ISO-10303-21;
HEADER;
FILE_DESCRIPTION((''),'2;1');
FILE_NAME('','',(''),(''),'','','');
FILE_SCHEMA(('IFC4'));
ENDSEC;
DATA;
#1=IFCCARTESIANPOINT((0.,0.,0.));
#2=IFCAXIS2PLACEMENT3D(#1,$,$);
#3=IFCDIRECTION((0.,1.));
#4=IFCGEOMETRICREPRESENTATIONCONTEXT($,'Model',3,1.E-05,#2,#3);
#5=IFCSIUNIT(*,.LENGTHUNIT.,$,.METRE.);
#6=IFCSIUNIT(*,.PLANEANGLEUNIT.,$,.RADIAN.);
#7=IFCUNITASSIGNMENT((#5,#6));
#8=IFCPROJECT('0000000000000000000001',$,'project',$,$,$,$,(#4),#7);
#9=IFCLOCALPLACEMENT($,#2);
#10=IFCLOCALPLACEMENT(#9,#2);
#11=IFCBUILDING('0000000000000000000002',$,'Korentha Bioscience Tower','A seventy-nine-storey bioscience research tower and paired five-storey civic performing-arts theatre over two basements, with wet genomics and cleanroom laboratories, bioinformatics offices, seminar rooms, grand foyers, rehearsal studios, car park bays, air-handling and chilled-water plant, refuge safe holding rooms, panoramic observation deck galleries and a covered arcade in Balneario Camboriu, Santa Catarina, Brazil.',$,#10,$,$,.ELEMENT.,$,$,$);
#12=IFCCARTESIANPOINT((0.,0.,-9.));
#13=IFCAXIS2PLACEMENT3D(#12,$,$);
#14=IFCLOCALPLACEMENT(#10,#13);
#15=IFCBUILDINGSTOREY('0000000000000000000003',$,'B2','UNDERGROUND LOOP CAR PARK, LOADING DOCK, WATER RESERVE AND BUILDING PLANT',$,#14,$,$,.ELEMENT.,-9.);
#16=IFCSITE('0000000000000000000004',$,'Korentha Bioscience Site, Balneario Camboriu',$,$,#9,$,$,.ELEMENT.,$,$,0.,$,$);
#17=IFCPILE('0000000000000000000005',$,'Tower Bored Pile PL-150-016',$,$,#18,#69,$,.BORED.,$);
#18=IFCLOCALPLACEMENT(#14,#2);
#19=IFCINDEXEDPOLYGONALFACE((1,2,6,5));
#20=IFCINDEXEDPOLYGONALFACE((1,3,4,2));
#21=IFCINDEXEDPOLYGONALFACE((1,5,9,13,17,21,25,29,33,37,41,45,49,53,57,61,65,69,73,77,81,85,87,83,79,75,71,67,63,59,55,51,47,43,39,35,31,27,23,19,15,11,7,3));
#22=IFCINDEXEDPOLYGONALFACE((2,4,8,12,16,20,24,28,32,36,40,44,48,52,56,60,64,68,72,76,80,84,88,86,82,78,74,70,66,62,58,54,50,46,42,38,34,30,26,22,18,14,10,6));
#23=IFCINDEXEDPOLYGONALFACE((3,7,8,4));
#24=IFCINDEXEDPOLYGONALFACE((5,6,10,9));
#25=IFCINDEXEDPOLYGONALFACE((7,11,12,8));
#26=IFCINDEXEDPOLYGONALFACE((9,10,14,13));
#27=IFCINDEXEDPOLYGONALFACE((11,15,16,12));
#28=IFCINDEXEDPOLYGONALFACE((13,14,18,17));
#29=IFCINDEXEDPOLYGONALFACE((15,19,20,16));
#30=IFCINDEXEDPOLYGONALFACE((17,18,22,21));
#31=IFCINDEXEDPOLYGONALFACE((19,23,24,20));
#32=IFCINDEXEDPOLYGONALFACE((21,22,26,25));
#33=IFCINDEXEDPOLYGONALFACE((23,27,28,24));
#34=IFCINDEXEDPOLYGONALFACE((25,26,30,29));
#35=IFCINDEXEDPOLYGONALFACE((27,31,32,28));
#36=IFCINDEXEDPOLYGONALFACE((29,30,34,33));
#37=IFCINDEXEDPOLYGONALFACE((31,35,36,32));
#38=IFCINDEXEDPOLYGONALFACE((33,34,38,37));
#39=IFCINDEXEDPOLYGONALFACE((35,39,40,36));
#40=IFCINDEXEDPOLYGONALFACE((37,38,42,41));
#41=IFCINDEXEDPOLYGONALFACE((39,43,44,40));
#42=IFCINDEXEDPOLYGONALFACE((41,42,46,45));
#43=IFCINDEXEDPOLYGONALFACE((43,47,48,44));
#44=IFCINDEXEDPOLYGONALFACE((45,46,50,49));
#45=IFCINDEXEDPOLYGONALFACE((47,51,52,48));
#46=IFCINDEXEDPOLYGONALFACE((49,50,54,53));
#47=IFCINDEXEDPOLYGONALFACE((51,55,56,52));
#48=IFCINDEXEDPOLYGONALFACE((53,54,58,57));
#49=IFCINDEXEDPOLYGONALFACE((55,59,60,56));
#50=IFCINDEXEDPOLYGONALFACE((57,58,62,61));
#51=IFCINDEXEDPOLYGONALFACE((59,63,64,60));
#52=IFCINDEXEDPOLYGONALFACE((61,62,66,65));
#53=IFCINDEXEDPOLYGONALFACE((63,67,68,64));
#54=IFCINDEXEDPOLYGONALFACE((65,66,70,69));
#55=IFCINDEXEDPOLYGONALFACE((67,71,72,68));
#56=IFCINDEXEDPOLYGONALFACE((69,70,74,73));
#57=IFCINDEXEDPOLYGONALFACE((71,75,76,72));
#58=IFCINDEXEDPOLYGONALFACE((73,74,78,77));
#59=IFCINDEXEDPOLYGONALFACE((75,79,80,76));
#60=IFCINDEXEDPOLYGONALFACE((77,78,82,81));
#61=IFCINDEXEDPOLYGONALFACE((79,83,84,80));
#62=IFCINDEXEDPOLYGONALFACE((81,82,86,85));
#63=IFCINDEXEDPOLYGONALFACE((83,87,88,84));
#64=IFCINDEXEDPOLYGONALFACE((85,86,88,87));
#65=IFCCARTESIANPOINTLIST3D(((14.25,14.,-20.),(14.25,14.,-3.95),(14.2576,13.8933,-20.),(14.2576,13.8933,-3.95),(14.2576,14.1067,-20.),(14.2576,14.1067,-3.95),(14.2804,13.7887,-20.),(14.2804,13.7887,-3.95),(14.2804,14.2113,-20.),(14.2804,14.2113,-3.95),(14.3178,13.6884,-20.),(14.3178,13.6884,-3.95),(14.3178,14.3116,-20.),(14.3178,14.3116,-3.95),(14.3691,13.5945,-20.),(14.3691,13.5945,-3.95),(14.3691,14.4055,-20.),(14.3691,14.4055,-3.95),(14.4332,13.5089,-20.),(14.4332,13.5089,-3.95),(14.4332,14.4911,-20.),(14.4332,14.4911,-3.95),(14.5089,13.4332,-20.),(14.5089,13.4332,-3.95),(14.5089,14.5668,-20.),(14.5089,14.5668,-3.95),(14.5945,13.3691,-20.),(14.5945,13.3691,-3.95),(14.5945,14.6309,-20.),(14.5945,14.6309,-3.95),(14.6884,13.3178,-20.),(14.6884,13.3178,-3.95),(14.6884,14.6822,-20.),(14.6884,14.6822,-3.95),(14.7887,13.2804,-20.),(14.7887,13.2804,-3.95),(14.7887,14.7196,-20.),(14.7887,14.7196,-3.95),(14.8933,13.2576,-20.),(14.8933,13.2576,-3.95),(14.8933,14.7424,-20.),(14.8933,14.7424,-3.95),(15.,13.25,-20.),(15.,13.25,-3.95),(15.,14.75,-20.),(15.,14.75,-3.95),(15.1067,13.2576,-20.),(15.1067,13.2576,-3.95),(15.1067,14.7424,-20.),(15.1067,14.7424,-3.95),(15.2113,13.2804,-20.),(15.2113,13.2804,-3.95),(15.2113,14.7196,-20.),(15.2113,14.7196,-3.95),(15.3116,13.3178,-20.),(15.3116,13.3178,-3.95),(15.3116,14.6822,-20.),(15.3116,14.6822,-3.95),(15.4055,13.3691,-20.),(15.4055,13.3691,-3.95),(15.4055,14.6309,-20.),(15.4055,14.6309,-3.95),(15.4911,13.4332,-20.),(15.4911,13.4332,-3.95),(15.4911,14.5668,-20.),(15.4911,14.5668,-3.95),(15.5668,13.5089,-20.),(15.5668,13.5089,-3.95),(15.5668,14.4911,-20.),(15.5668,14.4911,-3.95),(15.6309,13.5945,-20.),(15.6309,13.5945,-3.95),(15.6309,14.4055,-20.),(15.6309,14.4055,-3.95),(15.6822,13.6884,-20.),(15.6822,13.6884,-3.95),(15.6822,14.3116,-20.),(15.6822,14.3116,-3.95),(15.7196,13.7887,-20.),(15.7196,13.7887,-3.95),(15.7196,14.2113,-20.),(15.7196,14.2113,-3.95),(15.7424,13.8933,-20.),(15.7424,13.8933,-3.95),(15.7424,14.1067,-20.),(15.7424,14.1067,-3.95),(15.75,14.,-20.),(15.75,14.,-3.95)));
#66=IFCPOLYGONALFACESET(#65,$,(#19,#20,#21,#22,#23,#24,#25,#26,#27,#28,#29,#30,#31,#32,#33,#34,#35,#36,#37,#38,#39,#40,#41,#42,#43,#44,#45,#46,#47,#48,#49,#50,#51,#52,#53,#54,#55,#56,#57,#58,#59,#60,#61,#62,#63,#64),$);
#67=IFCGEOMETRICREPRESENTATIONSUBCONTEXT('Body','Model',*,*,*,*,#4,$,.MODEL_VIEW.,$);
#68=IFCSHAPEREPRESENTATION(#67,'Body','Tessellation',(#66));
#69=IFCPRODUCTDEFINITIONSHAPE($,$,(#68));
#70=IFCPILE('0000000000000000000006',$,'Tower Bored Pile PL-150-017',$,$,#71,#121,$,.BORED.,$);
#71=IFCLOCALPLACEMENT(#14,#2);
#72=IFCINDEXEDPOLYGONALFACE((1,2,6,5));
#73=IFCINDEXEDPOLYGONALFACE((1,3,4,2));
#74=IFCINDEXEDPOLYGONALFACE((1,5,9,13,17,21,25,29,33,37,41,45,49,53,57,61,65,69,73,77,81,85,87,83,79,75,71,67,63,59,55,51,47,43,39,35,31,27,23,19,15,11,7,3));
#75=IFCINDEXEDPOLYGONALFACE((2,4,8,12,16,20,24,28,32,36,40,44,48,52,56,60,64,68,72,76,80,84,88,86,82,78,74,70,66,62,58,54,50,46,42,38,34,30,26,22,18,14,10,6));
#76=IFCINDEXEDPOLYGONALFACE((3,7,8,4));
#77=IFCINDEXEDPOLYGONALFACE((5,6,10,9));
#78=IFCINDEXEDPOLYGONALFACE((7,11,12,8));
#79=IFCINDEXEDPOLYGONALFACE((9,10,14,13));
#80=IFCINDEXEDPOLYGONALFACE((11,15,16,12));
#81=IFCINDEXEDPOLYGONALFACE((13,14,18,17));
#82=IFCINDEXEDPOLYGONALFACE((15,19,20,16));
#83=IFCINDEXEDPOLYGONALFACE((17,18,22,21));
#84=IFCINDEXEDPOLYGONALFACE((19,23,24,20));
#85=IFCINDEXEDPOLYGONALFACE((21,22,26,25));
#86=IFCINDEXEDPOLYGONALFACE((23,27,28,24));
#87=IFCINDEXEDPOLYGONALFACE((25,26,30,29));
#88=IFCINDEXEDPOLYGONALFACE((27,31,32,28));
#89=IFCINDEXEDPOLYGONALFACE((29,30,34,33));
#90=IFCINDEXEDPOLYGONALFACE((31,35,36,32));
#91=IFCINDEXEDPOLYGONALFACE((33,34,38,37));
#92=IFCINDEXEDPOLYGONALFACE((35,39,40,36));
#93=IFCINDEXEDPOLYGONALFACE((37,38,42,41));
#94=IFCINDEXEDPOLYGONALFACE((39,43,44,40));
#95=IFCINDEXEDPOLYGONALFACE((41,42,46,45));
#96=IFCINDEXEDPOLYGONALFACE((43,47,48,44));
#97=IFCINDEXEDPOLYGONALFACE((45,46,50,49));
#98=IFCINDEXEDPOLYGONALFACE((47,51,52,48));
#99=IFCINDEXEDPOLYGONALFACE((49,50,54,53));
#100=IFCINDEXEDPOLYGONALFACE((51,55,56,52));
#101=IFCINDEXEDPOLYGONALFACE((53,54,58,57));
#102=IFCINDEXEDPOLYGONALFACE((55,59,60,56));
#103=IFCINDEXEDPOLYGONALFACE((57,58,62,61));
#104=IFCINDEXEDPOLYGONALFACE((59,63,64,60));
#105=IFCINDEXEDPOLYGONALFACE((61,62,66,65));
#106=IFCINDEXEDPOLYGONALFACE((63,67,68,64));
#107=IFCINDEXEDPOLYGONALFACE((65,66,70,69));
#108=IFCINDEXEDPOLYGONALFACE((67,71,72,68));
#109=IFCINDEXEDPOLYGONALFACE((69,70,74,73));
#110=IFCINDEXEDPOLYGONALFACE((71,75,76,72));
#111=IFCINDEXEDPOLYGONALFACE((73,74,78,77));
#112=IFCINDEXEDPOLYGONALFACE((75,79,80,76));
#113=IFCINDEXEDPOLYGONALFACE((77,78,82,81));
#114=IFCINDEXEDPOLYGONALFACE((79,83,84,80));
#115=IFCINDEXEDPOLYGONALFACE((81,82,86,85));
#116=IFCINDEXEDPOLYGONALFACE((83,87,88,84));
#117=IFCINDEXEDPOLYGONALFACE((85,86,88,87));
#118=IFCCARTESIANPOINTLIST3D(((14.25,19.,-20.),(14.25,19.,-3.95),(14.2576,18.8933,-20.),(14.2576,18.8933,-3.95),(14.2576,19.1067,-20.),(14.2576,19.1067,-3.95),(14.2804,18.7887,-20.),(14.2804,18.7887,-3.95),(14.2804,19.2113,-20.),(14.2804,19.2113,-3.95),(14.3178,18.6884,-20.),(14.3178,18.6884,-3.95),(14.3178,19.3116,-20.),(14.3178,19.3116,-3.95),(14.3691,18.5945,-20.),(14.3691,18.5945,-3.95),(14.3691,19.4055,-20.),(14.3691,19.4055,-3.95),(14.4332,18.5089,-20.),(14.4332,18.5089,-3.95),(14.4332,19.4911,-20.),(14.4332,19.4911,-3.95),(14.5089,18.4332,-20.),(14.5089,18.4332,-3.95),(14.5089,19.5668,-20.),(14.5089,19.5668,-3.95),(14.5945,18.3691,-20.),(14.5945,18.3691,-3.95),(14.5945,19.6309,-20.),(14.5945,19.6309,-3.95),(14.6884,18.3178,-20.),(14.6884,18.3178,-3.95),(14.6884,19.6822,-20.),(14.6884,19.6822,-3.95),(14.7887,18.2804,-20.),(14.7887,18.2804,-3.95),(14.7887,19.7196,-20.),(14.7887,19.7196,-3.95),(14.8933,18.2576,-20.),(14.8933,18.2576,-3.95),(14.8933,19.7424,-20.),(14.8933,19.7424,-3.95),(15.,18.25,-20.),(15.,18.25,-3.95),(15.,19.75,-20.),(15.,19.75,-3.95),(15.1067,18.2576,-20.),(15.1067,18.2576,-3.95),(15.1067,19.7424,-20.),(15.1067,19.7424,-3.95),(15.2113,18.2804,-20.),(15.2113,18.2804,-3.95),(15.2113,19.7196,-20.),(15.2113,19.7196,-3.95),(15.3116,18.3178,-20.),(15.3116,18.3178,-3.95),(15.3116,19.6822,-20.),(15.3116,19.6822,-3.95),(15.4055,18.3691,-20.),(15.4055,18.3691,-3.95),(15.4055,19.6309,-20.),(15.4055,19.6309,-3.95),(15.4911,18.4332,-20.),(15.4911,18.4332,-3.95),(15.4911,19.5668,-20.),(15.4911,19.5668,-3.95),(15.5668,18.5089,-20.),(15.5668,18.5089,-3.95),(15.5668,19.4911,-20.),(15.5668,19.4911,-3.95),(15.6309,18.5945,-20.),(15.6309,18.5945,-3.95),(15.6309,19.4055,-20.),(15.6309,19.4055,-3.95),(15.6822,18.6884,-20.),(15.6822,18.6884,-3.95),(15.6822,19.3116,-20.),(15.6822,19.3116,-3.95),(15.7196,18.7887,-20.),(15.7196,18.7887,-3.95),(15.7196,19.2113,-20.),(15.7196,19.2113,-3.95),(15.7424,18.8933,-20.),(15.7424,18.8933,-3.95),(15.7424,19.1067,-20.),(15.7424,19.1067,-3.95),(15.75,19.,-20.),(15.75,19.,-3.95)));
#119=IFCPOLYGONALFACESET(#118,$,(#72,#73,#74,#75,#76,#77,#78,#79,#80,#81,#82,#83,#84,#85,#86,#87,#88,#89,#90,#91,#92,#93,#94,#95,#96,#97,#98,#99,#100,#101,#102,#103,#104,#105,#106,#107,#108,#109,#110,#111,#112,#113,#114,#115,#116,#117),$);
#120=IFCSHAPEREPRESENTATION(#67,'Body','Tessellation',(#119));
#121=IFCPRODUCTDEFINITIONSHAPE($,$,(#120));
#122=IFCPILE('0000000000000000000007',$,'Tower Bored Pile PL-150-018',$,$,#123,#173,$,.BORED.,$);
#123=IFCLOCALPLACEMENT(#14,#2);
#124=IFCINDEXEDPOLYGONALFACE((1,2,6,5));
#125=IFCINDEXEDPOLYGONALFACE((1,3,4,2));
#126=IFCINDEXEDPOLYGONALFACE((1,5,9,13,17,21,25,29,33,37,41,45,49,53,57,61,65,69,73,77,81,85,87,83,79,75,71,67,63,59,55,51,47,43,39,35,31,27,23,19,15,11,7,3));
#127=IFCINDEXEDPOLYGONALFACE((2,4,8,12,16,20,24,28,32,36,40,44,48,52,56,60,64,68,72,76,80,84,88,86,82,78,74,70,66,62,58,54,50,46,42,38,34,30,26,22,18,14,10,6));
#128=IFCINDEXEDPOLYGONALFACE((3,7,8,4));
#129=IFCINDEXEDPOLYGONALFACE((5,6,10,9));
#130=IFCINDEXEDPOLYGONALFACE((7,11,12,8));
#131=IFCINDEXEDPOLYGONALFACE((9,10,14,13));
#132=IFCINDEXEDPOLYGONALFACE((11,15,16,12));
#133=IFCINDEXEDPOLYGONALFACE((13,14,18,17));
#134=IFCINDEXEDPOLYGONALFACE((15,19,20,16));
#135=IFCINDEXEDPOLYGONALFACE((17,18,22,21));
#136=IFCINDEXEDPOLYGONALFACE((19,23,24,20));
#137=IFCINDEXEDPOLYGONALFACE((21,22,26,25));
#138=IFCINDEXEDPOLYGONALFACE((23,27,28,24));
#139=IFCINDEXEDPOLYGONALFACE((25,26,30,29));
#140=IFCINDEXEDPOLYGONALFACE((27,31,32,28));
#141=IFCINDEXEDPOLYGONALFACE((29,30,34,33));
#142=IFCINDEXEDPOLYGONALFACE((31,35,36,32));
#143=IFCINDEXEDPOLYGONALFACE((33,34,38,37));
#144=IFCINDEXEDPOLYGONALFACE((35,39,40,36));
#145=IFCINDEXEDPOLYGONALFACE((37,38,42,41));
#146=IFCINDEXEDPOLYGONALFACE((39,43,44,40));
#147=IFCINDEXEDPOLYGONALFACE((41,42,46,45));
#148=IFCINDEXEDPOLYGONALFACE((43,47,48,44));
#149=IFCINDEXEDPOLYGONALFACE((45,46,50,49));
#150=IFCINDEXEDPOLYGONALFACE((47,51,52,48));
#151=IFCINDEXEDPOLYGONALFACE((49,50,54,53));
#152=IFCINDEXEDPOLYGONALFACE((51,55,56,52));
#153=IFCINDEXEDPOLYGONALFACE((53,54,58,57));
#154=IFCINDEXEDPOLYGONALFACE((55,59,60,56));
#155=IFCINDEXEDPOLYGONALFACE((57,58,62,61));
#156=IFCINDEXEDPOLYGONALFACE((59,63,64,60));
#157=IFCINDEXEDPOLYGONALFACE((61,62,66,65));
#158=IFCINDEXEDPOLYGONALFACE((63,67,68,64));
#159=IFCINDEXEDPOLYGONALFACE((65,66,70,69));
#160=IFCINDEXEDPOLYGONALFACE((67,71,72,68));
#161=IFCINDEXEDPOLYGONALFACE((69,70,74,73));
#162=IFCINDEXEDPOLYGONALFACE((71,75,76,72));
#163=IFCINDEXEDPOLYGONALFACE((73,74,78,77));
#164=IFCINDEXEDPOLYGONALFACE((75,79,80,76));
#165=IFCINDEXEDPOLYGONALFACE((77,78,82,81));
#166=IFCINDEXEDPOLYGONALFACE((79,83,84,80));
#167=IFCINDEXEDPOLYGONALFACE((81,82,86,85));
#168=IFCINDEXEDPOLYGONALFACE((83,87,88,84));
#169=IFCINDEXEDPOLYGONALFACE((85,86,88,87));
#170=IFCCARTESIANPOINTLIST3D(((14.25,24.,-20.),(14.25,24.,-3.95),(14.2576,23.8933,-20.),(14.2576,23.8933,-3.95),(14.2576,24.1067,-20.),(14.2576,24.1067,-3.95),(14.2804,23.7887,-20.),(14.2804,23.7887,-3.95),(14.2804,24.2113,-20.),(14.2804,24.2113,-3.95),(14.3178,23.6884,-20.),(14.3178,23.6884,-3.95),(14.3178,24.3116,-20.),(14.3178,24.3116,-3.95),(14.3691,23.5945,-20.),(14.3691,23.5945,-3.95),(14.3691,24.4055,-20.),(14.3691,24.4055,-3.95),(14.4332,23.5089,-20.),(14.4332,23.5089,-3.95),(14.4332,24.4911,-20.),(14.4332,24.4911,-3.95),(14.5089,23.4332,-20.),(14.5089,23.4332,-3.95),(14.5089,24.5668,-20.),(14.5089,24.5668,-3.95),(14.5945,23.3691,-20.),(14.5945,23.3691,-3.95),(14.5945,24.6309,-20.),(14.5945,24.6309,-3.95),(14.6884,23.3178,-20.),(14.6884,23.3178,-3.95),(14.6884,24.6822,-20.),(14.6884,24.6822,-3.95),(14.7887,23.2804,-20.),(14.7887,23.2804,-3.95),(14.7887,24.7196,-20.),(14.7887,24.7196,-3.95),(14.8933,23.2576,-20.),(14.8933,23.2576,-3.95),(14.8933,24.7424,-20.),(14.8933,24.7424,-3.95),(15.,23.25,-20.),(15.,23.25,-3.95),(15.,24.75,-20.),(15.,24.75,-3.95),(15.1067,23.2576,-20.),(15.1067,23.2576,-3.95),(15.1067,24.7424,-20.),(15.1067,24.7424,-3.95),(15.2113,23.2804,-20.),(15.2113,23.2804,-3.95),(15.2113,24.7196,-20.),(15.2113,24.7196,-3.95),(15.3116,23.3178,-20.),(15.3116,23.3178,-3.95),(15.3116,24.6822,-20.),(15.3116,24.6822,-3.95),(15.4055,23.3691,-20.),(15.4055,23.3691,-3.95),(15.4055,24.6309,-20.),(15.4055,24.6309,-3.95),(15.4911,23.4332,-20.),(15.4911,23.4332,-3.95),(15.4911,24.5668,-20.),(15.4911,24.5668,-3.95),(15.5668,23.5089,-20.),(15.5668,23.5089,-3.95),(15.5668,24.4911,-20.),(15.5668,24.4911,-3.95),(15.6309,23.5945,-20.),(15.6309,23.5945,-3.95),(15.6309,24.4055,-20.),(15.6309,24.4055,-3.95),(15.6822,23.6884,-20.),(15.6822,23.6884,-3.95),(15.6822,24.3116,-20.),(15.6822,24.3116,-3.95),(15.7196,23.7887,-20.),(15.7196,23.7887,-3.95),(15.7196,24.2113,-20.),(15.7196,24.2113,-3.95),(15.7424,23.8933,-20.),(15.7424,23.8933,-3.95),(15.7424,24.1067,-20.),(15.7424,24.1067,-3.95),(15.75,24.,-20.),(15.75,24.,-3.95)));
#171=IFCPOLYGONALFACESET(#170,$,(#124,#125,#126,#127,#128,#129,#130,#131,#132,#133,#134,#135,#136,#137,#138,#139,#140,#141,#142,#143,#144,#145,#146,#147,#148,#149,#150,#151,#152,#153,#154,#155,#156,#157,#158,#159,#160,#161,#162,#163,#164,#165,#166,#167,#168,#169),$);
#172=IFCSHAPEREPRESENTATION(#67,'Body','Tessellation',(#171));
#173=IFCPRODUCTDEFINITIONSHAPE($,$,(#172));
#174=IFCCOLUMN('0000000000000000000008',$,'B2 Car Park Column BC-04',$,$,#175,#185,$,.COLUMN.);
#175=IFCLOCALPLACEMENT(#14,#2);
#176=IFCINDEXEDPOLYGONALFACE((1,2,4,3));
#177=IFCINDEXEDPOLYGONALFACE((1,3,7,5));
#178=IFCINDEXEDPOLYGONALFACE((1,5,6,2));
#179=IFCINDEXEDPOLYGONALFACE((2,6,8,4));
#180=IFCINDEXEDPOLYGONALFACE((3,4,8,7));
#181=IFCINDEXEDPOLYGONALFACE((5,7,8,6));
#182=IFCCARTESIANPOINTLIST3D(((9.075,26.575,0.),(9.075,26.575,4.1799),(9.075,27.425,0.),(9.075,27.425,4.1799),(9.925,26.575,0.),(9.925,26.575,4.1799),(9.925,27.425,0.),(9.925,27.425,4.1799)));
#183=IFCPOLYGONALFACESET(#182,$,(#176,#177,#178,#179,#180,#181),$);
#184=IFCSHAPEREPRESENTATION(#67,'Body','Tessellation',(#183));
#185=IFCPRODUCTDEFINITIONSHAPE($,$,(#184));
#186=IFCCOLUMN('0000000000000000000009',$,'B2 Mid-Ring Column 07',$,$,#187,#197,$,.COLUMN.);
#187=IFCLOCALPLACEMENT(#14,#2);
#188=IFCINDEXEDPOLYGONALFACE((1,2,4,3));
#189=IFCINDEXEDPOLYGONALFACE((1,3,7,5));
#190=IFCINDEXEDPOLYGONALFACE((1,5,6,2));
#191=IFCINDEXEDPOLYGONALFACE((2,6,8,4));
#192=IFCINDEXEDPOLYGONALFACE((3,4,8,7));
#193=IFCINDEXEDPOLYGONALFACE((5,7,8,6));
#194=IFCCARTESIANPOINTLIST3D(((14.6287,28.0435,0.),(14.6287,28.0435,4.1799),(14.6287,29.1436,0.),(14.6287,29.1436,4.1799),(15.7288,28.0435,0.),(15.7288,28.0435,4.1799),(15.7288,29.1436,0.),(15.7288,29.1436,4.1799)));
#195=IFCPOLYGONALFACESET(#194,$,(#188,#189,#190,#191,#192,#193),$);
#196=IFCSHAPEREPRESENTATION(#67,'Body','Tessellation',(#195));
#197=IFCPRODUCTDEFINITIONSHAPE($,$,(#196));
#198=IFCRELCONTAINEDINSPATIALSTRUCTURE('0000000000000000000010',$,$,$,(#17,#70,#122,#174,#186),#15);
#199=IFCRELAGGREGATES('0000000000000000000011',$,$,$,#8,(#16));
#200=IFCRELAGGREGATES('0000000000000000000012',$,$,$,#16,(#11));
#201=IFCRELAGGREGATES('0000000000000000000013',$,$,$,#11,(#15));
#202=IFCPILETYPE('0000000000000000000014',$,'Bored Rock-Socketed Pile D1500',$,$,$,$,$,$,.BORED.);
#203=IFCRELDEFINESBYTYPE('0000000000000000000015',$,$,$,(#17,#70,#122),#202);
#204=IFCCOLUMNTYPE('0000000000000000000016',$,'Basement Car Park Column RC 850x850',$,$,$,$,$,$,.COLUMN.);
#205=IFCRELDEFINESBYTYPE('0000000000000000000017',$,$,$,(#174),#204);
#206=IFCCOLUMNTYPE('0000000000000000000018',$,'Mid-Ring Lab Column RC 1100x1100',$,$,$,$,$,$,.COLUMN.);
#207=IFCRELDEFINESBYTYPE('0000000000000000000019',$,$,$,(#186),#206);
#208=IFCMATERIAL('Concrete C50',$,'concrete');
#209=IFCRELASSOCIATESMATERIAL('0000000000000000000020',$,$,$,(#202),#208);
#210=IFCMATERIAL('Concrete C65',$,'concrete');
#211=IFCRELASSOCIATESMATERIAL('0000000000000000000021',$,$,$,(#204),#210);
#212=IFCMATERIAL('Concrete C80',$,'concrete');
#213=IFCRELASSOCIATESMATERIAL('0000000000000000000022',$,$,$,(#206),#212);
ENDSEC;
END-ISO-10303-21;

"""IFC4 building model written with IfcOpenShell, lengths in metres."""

from ifc_helpers import new_model, si_unit, direction, frame, origin, origin_2d, place, context, subcontext, project, spatial, rectangle, circle, extrude, material, material_profile, profile_set, type_object, element, save


model = new_model("IFC4")

# Units and contexts
model_context = context("Model", 3, precision=1e-05, world=origin(), true_north=direction((0.0, 1.0)))
body_context = subcontext(model_context, "Body", "Model", "MODEL_VIEW")
ifc_project = project(units=[si_unit("LENGTHUNIT", "METRE"), si_unit("PLANEANGLEUNIT", "RADIAN")], contexts=[model_context])

# Site, building, storey
site_placement = place(None, origin())
site = spatial("IfcSite", under=ifc_project, at=site_placement, Name="Korentha Bioscience Site, Balneario Camboriu", CompositionType="ELEMENT", RefElevation=0.0)
building_placement = place(site_placement, origin())
building = spatial("IfcBuilding", under=site, at=building_placement, Name="Korentha Bioscience Tower", Description="A seventy-nine-storey bioscience research tower and paired five-storey civic performing-arts theatre over two basements, with wet genomics and cleanroom laboratories, bioinformatics offices, seminar rooms, grand foyers, rehearsal studios, car park bays, air-handling and chilled-water plant, refuge safe holding rooms, panoramic observation deck galleries and a covered arcade in Balneario Camboriu, Santa Catarina, Brazil.", CompositionType="ELEMENT")
storey_placement = place(building_placement, frame((0.0, 0.0, -9.0)))
storey = spatial("IfcBuildingStorey", under=building, at=storey_placement, Name="B2", Description="UNDERGROUND LOOP CAR PARK, LOADING DOCK, WATER RESERVE AND BUILDING PLANT", CompositionType="ELEMENT", Elevation=-9.0)

# Piles
ifc_material_1 = material(Name="Concrete C50", Category="concrete")
ifc_material_profile_1 = material_profile(ifc_material_1, circle(Radius=0.75, at=origin_2d()), Name="Concrete C50")
ifc_profile_set_1 = profile_set([ifc_material_profile_1], Name="Concrete C50 (PL-150)")
pile_type = type_object("IfcPileType", Name="Bored Rock-Socketed Pile D1500", PredefinedType="BORED", material=ifc_profile_set_1)
for number, where, z_axis, x_axis, name in (
    (1, (15.0, 14.0, -3.95), (0.0, 0.0, -1.0), (1.0, 0.0, 0.0), "Tower Bored Pile PL-150-016"),
    (2, (15.0, 19.0, -3.95), (0.0, 0.0, -1.0), (1.0, 0.0, 0.0), "Tower Bored Pile PL-150-017"),
    (3, (15.0, 24.0, -3.95), (0.0, 0.0, -1.0), (1.0, 0.0, 0.0), "Tower Bored Pile PL-150-018"),
):
    element("IfcPile", number, at=place(storey_placement, frame(where, z_axis=z_axis, x_axis=x_axis)), inside=storey, type_object=pile_type, Name=name, PredefinedType="BORED", context=body_context, shape_type="SweptSolid", body=[
        extrude(circle(Radius=0.75, at=origin_2d()), origin(), (0.0, 0.0, 1.0), 16.05),
    ])

# Columns
ifc_material_2 = material(Name="Concrete C65", Category="concrete")
ifc_material_profile_2 = material_profile(ifc_material_2, rectangle(XDim=0.8501, YDim=0.8501, at=origin_2d()), Name="Concrete C65")
ifc_profile_set_2 = profile_set([ifc_material_profile_2], Name="Concrete C65 (BC-01)")
column_type_1 = type_object("IfcColumnType", Name="Basement Car Park Column RC 850x850", PredefinedType="COLUMN", material=ifc_profile_set_2)
column_placement = place(storey_placement, frame((9.5, 27.0, 0.0), z_axis=(0.0, 0.0, 1.0), x_axis=(1.0, 0.0, 0.0)))
element("IfcColumn", 4, at=column_placement, inside=storey, type_object=column_type_1, Name="B2 Car Park Column BC-04", PredefinedType="COLUMN", context=body_context, shape_type="SweptSolid", body=[
    extrude(rectangle(XDim=0.8501, YDim=0.8501, at=origin_2d()), origin(), (0.0, 0.0, 1.0), 4.1799),
])
ifc_material_3 = material(Name="Concrete C80", Category="concrete")
ifc_material_profile_3 = material_profile(ifc_material_3, rectangle(XDim=1.1001, YDim=1.1001, at=origin_2d()), Name="Concrete C80")
ifc_profile_set_3 = profile_set([ifc_material_profile_3], Name="Concrete C80 (COL-MR11)")
column_type_2 = type_object("IfcColumnType", Name="Mid-Ring Lab Column RC 1100x1100", PredefinedType="COLUMN", material=ifc_profile_set_3)
for number, where, z_axis, x_axis, name in (
    (5, (15.1787, 28.5935, 0.0), (0.0, 0.0, 1.0), (1.0, 0.0, 0.0), "B2 Mid-Ring Column 07"),
):
    element("IfcColumn", number, at=place(storey_placement, frame(where, z_axis=z_axis, x_axis=x_axis)), inside=storey, type_object=column_type_2, Name=name, PredefinedType="COLUMN", context=body_context, shape_type="SweptSolid", body=[
        extrude(rectangle(XDim=1.1001, YDim=1.1001, at=origin_2d()), origin(), (0.0, 0.0, 1.0), 4.1799),
    ])

save(model, "model.ifc")
